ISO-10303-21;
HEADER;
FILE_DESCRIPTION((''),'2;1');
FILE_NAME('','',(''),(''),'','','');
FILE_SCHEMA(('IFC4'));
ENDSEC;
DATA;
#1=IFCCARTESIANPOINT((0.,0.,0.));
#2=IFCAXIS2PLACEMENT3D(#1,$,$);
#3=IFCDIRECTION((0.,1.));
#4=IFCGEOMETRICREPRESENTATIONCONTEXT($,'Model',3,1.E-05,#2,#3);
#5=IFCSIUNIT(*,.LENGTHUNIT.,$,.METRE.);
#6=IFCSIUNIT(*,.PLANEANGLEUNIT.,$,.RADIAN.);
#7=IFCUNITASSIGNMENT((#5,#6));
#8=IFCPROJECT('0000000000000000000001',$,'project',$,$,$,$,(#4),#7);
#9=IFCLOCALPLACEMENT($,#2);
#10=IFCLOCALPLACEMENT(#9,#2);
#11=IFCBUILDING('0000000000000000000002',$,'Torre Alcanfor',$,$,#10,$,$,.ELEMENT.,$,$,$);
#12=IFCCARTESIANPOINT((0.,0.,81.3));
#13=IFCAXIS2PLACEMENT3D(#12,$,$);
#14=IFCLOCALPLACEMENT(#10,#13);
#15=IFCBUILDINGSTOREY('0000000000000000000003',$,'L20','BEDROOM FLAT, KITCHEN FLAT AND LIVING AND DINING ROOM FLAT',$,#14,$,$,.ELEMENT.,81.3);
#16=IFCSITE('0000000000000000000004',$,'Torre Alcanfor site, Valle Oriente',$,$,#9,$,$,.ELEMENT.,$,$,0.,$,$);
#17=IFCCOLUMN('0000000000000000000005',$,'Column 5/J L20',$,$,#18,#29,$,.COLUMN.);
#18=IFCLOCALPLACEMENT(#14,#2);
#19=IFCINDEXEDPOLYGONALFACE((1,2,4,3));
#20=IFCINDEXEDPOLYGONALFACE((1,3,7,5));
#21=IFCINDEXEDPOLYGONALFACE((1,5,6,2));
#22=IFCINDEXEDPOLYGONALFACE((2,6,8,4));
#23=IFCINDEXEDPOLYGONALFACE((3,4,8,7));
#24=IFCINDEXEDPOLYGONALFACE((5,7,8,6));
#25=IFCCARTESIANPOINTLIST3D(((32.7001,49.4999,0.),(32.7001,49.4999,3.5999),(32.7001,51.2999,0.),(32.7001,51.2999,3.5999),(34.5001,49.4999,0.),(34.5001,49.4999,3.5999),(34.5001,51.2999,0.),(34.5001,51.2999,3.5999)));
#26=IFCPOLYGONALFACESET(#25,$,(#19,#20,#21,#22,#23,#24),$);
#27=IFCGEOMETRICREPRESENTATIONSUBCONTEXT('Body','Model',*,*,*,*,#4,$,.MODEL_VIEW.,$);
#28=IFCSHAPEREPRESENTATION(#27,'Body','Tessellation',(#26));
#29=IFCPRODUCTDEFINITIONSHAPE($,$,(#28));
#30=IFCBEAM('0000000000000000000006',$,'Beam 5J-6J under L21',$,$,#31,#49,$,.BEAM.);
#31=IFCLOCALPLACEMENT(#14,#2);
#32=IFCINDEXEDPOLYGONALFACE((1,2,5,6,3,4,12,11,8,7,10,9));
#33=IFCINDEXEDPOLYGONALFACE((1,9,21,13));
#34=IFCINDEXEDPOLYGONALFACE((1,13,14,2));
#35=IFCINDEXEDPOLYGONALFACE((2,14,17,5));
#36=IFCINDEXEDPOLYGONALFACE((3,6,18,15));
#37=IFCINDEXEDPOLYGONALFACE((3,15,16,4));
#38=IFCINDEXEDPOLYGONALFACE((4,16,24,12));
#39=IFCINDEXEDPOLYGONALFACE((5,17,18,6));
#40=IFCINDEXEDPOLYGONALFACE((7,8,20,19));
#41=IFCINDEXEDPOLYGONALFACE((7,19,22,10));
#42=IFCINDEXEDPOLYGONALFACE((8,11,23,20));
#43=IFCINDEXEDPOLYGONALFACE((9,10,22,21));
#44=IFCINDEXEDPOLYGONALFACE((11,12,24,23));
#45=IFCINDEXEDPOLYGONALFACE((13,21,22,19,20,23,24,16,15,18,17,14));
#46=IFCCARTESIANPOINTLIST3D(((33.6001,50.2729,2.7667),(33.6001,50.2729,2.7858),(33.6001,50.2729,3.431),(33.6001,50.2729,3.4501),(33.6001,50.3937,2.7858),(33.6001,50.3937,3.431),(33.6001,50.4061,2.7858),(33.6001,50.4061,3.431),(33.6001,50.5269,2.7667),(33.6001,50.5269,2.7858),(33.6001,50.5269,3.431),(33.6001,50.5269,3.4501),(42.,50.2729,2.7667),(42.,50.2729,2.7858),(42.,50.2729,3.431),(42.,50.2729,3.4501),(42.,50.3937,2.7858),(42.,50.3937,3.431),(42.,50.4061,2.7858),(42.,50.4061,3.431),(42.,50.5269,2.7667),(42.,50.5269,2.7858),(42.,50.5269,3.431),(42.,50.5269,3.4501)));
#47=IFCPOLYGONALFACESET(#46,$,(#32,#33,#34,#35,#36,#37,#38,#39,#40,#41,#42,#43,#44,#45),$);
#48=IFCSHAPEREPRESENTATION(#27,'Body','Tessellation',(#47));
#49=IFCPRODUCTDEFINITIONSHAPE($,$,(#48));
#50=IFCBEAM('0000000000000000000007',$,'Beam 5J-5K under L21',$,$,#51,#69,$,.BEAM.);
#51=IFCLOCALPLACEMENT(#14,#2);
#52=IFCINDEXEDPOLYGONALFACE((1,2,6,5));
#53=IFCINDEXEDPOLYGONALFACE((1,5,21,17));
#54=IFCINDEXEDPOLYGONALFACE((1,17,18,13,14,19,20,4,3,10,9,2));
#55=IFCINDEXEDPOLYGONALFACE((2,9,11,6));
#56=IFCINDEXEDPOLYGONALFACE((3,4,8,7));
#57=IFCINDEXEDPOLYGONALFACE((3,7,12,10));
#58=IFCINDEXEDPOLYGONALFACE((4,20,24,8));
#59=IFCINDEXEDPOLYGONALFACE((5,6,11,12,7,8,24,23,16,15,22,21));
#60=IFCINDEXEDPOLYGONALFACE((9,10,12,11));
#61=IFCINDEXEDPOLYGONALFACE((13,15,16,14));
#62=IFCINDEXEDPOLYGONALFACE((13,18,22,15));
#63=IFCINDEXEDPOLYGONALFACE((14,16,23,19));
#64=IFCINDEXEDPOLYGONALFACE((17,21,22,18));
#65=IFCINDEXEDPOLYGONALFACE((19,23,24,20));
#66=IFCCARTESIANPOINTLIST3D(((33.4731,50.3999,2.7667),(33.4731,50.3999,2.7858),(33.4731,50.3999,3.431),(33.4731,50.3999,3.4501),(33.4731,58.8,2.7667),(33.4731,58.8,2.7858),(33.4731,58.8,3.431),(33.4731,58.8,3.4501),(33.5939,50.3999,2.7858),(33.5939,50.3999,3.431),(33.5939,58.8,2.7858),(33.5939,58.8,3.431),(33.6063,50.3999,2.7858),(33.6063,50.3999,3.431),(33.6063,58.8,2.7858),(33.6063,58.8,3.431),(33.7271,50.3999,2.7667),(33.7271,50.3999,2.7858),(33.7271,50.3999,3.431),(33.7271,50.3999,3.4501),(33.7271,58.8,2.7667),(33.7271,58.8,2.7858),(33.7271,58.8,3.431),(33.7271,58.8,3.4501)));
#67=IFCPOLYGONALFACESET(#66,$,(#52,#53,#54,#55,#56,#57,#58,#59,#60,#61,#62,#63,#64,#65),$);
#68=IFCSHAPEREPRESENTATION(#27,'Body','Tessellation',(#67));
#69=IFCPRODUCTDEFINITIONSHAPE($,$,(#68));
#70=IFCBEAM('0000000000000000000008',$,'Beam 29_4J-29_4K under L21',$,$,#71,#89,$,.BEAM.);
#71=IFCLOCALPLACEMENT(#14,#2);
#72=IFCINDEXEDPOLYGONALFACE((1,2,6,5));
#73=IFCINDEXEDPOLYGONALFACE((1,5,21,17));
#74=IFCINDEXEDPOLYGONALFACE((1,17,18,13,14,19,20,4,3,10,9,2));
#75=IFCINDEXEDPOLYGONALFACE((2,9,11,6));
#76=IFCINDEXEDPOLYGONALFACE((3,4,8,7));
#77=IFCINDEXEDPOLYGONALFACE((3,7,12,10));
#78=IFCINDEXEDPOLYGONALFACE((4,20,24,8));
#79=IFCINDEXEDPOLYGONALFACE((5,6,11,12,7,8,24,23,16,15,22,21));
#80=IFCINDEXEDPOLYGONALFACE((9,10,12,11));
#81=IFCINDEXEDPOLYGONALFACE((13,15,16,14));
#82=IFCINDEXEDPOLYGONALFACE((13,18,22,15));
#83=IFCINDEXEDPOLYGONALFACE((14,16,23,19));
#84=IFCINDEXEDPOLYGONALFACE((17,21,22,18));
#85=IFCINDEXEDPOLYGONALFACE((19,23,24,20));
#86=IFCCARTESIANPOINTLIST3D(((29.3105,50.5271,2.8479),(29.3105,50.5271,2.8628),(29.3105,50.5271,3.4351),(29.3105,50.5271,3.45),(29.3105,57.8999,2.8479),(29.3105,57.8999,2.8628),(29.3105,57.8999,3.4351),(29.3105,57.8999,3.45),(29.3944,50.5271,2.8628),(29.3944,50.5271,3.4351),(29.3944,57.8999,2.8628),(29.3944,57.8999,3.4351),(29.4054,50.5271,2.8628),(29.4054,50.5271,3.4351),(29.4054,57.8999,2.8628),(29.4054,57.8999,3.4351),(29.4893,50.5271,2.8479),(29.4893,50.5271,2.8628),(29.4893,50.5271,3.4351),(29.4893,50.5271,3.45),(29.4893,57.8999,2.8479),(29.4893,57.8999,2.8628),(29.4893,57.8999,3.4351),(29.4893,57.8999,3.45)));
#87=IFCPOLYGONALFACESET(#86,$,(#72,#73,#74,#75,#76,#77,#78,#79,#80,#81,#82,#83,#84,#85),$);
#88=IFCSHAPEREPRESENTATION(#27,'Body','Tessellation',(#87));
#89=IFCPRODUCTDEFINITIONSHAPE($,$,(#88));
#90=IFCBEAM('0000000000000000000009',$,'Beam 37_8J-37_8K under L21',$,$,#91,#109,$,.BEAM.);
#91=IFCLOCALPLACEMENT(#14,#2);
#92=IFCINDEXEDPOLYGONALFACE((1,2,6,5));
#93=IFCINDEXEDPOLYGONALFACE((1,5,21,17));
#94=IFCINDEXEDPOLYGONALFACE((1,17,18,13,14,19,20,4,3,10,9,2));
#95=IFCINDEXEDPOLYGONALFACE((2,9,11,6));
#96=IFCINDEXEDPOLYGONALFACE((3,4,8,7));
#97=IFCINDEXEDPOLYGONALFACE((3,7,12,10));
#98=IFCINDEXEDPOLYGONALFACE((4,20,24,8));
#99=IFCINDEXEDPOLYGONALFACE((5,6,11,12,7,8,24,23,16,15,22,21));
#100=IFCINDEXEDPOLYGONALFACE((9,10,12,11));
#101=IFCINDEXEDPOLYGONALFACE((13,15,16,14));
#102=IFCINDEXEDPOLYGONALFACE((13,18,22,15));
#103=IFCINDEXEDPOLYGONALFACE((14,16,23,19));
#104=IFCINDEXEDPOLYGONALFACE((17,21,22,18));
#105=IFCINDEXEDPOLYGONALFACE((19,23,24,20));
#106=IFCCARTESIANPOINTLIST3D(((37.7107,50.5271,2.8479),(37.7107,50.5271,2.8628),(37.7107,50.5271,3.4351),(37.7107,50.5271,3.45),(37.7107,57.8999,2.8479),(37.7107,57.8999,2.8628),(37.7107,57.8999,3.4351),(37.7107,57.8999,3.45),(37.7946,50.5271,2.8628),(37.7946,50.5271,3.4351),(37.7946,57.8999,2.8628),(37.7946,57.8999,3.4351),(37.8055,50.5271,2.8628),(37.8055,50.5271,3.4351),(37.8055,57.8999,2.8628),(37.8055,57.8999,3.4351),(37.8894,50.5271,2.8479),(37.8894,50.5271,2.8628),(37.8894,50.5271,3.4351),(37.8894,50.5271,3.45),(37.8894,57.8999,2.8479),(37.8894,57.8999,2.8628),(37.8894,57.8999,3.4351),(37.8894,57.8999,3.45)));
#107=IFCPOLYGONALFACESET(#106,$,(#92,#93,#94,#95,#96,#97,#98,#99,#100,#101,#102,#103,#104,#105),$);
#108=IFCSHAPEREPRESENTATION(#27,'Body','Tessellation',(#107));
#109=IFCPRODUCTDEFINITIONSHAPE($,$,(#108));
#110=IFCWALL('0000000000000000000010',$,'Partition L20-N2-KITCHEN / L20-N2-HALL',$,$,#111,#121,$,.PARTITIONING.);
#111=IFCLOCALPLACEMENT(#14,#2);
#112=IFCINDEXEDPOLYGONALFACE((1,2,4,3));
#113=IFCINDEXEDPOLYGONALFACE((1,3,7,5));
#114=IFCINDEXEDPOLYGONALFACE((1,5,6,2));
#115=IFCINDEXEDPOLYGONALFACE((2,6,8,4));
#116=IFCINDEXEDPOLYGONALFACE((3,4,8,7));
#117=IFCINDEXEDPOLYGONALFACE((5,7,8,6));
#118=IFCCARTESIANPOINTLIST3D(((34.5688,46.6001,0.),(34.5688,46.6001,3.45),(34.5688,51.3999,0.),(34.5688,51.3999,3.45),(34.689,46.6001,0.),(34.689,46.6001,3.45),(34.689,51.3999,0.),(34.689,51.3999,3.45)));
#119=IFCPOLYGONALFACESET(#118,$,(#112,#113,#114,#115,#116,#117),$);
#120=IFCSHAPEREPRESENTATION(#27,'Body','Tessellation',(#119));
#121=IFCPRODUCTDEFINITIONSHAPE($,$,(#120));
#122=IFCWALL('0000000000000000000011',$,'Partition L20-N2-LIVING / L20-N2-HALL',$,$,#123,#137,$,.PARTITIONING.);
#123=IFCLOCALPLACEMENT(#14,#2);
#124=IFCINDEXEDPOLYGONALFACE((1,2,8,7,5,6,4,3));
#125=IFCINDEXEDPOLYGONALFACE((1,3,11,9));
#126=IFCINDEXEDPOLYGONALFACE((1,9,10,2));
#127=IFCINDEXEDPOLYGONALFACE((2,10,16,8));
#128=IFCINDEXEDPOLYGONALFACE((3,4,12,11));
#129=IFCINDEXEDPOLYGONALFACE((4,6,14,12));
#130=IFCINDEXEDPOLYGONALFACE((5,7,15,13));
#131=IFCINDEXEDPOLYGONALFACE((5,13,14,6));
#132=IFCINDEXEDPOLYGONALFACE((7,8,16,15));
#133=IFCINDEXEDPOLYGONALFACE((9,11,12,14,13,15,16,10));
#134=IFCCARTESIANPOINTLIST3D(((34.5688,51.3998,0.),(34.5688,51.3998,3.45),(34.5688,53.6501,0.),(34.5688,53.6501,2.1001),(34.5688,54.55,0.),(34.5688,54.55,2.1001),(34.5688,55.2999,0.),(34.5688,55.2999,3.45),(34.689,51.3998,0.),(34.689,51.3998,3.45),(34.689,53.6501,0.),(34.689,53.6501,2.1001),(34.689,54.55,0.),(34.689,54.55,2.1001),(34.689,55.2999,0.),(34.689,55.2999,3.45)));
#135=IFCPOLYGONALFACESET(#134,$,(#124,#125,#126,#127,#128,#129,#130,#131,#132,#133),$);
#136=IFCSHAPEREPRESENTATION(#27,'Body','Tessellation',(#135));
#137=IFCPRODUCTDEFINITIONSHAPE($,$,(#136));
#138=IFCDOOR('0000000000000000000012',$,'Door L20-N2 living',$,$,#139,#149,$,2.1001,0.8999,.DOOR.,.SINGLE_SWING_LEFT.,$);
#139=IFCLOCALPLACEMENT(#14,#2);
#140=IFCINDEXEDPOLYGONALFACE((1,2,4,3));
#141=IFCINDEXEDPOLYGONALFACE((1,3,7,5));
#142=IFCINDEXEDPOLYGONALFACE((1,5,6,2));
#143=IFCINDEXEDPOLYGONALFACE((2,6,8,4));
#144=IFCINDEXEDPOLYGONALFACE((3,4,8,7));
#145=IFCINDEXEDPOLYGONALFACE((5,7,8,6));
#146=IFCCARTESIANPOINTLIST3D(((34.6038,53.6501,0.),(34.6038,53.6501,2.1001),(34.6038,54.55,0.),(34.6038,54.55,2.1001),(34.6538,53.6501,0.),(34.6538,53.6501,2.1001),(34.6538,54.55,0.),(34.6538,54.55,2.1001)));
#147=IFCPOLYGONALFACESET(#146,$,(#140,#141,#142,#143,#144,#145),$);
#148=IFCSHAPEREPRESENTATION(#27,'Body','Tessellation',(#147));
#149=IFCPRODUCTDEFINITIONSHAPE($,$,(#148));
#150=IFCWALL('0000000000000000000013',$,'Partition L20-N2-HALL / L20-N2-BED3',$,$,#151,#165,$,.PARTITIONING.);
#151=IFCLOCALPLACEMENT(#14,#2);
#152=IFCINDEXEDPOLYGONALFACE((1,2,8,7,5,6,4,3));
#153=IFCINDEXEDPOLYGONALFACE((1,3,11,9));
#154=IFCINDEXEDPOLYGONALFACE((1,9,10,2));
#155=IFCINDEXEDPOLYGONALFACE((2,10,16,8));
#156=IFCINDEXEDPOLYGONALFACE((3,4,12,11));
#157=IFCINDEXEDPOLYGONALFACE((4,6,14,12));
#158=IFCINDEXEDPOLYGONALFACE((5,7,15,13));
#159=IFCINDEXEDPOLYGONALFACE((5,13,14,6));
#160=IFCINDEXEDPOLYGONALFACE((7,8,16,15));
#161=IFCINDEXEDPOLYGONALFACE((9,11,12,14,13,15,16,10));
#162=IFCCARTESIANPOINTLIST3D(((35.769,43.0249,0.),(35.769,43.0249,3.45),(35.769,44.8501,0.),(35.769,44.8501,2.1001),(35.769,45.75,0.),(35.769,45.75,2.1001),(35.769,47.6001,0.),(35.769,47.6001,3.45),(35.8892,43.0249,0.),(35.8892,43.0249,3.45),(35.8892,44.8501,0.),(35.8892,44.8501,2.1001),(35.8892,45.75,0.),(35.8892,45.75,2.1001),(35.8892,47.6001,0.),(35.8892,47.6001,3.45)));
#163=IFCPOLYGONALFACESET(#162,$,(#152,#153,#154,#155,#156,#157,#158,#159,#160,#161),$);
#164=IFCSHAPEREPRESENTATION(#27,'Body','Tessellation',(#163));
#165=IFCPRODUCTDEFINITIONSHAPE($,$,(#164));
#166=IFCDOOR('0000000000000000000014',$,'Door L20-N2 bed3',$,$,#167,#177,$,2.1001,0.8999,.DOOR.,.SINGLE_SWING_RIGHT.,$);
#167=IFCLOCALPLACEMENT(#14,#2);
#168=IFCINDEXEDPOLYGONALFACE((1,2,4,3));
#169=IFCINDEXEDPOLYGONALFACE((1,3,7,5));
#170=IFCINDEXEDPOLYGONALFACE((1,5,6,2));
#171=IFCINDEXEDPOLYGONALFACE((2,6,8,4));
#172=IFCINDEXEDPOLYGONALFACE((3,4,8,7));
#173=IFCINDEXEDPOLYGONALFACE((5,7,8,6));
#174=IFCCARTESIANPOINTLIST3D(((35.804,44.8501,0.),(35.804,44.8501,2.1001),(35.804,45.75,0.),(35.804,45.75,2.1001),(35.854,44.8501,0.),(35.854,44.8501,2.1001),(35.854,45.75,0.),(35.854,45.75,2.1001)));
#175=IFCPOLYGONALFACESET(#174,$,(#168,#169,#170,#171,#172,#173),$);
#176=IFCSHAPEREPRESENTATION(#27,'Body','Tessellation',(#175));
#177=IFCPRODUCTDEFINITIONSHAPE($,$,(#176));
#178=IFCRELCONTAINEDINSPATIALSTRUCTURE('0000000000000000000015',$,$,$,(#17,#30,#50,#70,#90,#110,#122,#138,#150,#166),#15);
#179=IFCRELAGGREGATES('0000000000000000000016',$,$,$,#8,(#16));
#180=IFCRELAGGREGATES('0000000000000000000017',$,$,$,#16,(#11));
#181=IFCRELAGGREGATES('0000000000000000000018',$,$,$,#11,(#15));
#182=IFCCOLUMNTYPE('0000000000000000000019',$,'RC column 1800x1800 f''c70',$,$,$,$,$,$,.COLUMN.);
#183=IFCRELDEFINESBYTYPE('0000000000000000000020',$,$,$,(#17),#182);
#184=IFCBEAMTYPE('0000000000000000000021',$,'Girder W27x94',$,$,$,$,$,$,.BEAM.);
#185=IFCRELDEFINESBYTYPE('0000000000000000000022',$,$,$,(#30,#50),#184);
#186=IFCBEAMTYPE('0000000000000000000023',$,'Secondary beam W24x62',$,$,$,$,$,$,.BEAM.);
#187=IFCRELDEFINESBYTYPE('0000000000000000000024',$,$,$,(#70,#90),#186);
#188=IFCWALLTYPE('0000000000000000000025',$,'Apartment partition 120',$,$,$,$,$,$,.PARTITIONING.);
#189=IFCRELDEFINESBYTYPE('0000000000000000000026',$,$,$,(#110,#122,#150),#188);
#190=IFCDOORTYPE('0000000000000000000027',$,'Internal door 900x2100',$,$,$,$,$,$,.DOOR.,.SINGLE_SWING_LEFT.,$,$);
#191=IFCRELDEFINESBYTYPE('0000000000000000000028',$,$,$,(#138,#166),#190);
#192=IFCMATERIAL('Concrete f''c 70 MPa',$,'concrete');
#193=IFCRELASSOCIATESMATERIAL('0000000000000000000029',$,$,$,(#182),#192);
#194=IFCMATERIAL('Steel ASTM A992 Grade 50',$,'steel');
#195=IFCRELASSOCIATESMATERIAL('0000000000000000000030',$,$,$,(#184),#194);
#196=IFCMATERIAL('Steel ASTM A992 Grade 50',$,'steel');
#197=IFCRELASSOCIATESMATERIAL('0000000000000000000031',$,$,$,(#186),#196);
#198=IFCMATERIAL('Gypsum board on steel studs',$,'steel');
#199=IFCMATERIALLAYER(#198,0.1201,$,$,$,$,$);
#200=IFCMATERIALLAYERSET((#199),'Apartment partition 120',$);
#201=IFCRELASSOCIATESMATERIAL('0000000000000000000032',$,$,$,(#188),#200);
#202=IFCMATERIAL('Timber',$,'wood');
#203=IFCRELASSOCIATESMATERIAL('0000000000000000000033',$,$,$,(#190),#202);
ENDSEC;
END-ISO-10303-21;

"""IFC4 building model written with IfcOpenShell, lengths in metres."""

from ifc_helpers import new_model, si_unit, direction, frame, frame_2d, origin, origin_2d, place, context, subcontext, project, spatial, rectangle, i_section, extrude, material, layer, layer_set, material_profile, profile_set, type_object, element, fill, save


model = new_model("IFC4")

# Units and contexts
model_context = context("Model", 3, precision=1e-05, world=origin(), true_north=direction((0.0, 1.0)))
body_context = subcontext(model_context, "Body", "Model", "MODEL_VIEW")
ifc_project = project(units=[si_unit("LENGTHUNIT", "METRE"), si_unit("PLANEANGLEUNIT", "RADIAN")], contexts=[model_context])

# Site, building, storey
site_placement = place(None, origin())
site = spatial("IfcSite", under=ifc_project, at=site_placement, Name="Torre Alcanfor site, Valle Oriente", CompositionType="ELEMENT", RefElevation=0.0)
building_placement = place(site_placement, origin())
building = spatial("IfcBuilding", under=site, at=building_placement, Name="Torre Alcanfor", CompositionType="ELEMENT")
storey_placement = place(building_placement, frame((0.0, 0.0, 81.3)))
storey = spatial("IfcBuildingStorey", under=building, at=storey_placement, Name="L20", Description="BEDROOM FLAT, KITCHEN FLAT AND LIVING AND DINING ROOM FLAT", CompositionType="ELEMENT", Elevation=81.3)

# Column
ifc_material_1 = material(Name="Concrete f'c 70 MPa", Category="concrete")
ifc_material_profile_1 = material_profile(ifc_material_1, rectangle(XDim=1.8, YDim=1.8, at=origin_2d()), Name="1800x1800")
ifc_profile_set_1 = profile_set([ifc_material_profile_1], Name="Concrete f'c 70 MPa")
column_type = type_object("IfcColumnType", Name="RC column 1800x1800 f'c70", PredefinedType="COLUMN", material=ifc_profile_set_1)
column_placement = place(storey_placement, frame((33.6001, 50.3999, 0.0), z_axis=(0.0, 0.0, 1.0), x_axis=(1.0, 0.0, 0.0)))
element("IfcColumn", 1, at=column_placement, inside=storey, type_object=column_type, Name="Column 5/J L20", PredefinedType="COLUMN", context=body_context, shape_type="SweptSolid", body=[
    extrude(rectangle(XDim=1.8, YDim=1.8, at=origin_2d()), origin(), (0.0, 0.0, 1.0), 3.5999),
])

# Beams
ifc_material_2 = material(Name="Steel ASTM A992 Grade 50", Category="steel")
ifc_material_profile_2 = material_profile(ifc_material_2, i_section(OverallWidth=0.2539, OverallDepth=0.6833, WebThickness=0.0125, FlangeThickness=0.019, at=origin_2d()), Name="W27x94")
ifc_profile_set_2 = profile_set([ifc_material_profile_2], Name="Steel ASTM A992 Grade 50")
beam_type_1 = type_object("IfcBeamType", Name="Girder W27x94", PredefinedType="BEAM", material=ifc_profile_set_2)
beam_1_placement = place(storey_placement, frame((33.6001, 50.3999, 3.1084), z_axis=(1.0, 0.0, 0.0), x_axis=(0.0, 1.0, 0.0)))
element("IfcBeam", 2, at=beam_1_placement, inside=storey, type_object=beam_type_1, Name="Beam 5J-6J under L21", PredefinedType="BEAM", context=body_context, shape_type="SweptSolid", body=[
    extrude(i_section(OverallWidth=0.2539, OverallDepth=0.6833, WebThickness=0.0125, FlangeThickness=0.019, at=origin_2d()), origin(), (0.0, 0.0, 1.0), 8.3999),
])
beam_2_placement = place(storey_placement, frame((33.6001, 50.3999, 3.1084), z_axis=(0.0, 1.0, 0.0), x_axis=(-1.0, 0.0, 0.0)))
element("IfcBeam", 3, at=beam_2_placement, inside=storey, type_object=beam_type_1, Name="Beam 5J-5K under L21", PredefinedType="BEAM", context=body_context, shape_type="SweptSolid", body=[
    extrude(i_section(OverallWidth=0.2539, OverallDepth=0.6833, WebThickness=0.0125, FlangeThickness=0.019, at=origin_2d()), origin(), (0.0, 0.0, 1.0), 8.4001),
])
ifc_material_3 = material(Name="Steel ASTM A992 Grade 50", Category="steel")
ifc_material_profile_3 = material_profile(ifc_material_3, i_section(OverallWidth=0.1787, OverallDepth=0.6021, WebThickness=0.011, FlangeThickness=0.0149, at=origin_2d()), Name="W24x62")
ifc_profile_set_3 = profile_set([ifc_material_profile_3], Name="Steel ASTM A992 Grade 50")
beam_type_2 = type_object("IfcBeamType", Name="Secondary beam W24x62", PredefinedType="BEAM", material=ifc_profile_set_3)
for number, where, z_axis, x_axis, name in (
    (4, (29.3999, 50.5271, 3.1489), (0.0, 1.0, 0.0), (-1.0, 0.0, 0.0), "Beam 29_4J-29_4K under L21"),
    (5, (37.8, 50.5271, 3.1489), (0.0, 1.0, 0.0), (-1.0, 0.0, 0.0), "Beam 37_8J-37_8K under L21"),
):
    element("IfcBeam", number, at=place(storey_placement, frame(where, z_axis=z_axis, x_axis=x_axis)), inside=storey, type_object=beam_type_2, Name=name, PredefinedType="BEAM", context=body_context, shape_type="SweptSolid", body=[
        extrude(i_section(OverallWidth=0.1787, OverallDepth=0.6021, WebThickness=0.011, FlangeThickness=0.0149, at=origin_2d()), origin(), (0.0, 0.0, 1.0), 7.3728),
    ])

# Wall
ifc_material_4 = material(Name="Gypsum board on steel studs", Category="steel")
ifc_layer_1 = layer(ifc_material_4, 0.1201)
ifc_layer_set_1 = layer_set([ifc_layer_1], Name="Apartment partition 120")
wall_type_1 = type_object("IfcWallType", Name="Apartment partition 120", PredefinedType="PARTITIONING", material=ifc_layer_set_1)
wall_1_placement = place(storey_placement, frame((34.6289, 51.3999, 0.0), z_axis=(0.0, 0.0, 1.0), x_axis=(0.0, -1.0, 0.0)))
element("IfcWall", 6, at=wall_1_placement, inside=storey, type_object=wall_type_1, Name="Partition L20-N2-KITCHEN / L20-N2-HALL", PredefinedType="PARTITIONING", context=body_context, shape_type="SweptSolid", body=[
    extrude(rectangle(XDim=4.7998, YDim=0.1201, at=frame_2d((2.3999, 0.0))), origin(), (0.0, 0.0, 1.0), 3.45),
])

# Walls, openings, doors
wall_2_placement = place(storey_placement, frame((34.6289, 55.3, 0.0), z_axis=(0.0, 0.0, 1.0), x_axis=(0.0, -1.0, 0.0)))
wall_2 = element("IfcWall", 7, at=wall_2_placement, inside=storey, type_object=wall_type_1, Name="Partition L20-N2-LIVING / L20-N2-HALL", PredefinedType="PARTITIONING", context=body_context, shape_type="SweptSolid", body=[
    extrude(rectangle(XDim=3.9001, YDim=0.1201, at=frame_2d((1.9502, 0.0))), origin(), (0.0, 0.0, 1.0), 3.45),
])
opening_1_placement = place(wall_2_placement, frame((0.75, 0.0, 0.0)))
opening_1 = element("IfcOpeningElement", 8, at=opening_1_placement, cuts=wall_2, PredefinedType="OPENING", context=body_context, shape_type="SweptSolid", body=[
    extrude(rectangle(XDim=0.8999, YDim=2.1001, at=frame_2d((0.45, 1.05))), frame((0.0, 0.0701, 0.0), z_axis=(0.0, -1.0, 0.0), x_axis=(1.0, 0.0, 0.0)), (0.0, 0.0, 1.0), 0.1401),
])
ifc_material_5 = material(Name="Timber", Category="wood")
door_type_1 = type_object("IfcDoorType", Name="Internal door 900x2100", OperationType="SINGLE_SWING_LEFT", PredefinedType="DOOR", material=ifc_material_5)
door_1_placement = place(opening_1_placement, frame((0.8999, 0.0, 0.0), z_axis=(0.0, 0.0, 1.0), x_axis=(-1.0, 0.0, 0.0)))
door_1 = element("IfcDoor", 9, at=door_1_placement, inside=storey, type_object=door_type_1, Name="Door L20-N2 living", OperationType="SINGLE_SWING_LEFT", OverallHeight=2.1001, OverallWidth=0.8999, PredefinedType="DOOR", context=body_context, shape_type="SweptSolid", body=[
    extrude(rectangle(XDim=0.8999, YDim=2.1001, at=frame_2d((0.45, 1.05))), frame((0.0, 0.0251, 0.0), z_axis=(0.0, -1.0, 0.0), x_axis=(1.0, 0.0, 0.0)), (0.0, 0.0, 1.0), 0.05),
])
fill(opening_1, door_1)
wall_3_placement = place(storey_placement, frame((35.8291, 47.6001, 0.0), z_axis=(0.0, 0.0, 1.0), x_axis=(0.0, -1.0, 0.0)))
wall_3 = element("IfcWall", 10, at=wall_3_placement, inside=storey, type_object=wall_type_1, Name="Partition L20-N2-HALL / L20-N2-BED3", PredefinedType="PARTITIONING", context=body_context, shape_type="SweptSolid", body=[
    extrude(rectangle(XDim=4.5752, YDim=0.1201, at=frame_2d((2.2876, 0.0))), origin(), (0.0, 0.0, 1.0), 3.45),
])
opening_2_placement = place(wall_3_placement, frame((1.8501, 0.0, 0.0)))
opening_2 = element("IfcOpeningElement", 11, at=opening_2_placement, cuts=wall_3, PredefinedType="OPENING", context=body_context, shape_type="SweptSolid", body=[
    extrude(rectangle(XDim=0.8999, YDim=2.1001, at=frame_2d((0.45, 1.05))), frame((0.0, 0.0701, 0.0), z_axis=(0.0, -1.0, 0.0), x_axis=(1.0, 0.0, 0.0)), (0.0, 0.0, 1.0), 0.1401),
])
door_2_placement = place(opening_2_placement, origin())
door_2 = element("IfcDoor", 12, at=door_2_placement, inside=storey, type_object=door_type_1, Name="Door L20-N2 bed3", OperationType="SINGLE_SWING_RIGHT", OverallHeight=2.1001, OverallWidth=0.8999, PredefinedType="DOOR", context=body_context, shape_type="SweptSolid", body=[
    extrude(rectangle(XDim=0.8999, YDim=2.1001, at=frame_2d((0.45, 1.05))), frame((0.0, 0.0249, 0.0), z_axis=(0.0, -1.0, 0.0), x_axis=(1.0, 0.0, 0.0)), (0.0, 0.0, 1.0), 0.05),
])
fill(opening_2, door_2)

save(model, "model.ifc")
